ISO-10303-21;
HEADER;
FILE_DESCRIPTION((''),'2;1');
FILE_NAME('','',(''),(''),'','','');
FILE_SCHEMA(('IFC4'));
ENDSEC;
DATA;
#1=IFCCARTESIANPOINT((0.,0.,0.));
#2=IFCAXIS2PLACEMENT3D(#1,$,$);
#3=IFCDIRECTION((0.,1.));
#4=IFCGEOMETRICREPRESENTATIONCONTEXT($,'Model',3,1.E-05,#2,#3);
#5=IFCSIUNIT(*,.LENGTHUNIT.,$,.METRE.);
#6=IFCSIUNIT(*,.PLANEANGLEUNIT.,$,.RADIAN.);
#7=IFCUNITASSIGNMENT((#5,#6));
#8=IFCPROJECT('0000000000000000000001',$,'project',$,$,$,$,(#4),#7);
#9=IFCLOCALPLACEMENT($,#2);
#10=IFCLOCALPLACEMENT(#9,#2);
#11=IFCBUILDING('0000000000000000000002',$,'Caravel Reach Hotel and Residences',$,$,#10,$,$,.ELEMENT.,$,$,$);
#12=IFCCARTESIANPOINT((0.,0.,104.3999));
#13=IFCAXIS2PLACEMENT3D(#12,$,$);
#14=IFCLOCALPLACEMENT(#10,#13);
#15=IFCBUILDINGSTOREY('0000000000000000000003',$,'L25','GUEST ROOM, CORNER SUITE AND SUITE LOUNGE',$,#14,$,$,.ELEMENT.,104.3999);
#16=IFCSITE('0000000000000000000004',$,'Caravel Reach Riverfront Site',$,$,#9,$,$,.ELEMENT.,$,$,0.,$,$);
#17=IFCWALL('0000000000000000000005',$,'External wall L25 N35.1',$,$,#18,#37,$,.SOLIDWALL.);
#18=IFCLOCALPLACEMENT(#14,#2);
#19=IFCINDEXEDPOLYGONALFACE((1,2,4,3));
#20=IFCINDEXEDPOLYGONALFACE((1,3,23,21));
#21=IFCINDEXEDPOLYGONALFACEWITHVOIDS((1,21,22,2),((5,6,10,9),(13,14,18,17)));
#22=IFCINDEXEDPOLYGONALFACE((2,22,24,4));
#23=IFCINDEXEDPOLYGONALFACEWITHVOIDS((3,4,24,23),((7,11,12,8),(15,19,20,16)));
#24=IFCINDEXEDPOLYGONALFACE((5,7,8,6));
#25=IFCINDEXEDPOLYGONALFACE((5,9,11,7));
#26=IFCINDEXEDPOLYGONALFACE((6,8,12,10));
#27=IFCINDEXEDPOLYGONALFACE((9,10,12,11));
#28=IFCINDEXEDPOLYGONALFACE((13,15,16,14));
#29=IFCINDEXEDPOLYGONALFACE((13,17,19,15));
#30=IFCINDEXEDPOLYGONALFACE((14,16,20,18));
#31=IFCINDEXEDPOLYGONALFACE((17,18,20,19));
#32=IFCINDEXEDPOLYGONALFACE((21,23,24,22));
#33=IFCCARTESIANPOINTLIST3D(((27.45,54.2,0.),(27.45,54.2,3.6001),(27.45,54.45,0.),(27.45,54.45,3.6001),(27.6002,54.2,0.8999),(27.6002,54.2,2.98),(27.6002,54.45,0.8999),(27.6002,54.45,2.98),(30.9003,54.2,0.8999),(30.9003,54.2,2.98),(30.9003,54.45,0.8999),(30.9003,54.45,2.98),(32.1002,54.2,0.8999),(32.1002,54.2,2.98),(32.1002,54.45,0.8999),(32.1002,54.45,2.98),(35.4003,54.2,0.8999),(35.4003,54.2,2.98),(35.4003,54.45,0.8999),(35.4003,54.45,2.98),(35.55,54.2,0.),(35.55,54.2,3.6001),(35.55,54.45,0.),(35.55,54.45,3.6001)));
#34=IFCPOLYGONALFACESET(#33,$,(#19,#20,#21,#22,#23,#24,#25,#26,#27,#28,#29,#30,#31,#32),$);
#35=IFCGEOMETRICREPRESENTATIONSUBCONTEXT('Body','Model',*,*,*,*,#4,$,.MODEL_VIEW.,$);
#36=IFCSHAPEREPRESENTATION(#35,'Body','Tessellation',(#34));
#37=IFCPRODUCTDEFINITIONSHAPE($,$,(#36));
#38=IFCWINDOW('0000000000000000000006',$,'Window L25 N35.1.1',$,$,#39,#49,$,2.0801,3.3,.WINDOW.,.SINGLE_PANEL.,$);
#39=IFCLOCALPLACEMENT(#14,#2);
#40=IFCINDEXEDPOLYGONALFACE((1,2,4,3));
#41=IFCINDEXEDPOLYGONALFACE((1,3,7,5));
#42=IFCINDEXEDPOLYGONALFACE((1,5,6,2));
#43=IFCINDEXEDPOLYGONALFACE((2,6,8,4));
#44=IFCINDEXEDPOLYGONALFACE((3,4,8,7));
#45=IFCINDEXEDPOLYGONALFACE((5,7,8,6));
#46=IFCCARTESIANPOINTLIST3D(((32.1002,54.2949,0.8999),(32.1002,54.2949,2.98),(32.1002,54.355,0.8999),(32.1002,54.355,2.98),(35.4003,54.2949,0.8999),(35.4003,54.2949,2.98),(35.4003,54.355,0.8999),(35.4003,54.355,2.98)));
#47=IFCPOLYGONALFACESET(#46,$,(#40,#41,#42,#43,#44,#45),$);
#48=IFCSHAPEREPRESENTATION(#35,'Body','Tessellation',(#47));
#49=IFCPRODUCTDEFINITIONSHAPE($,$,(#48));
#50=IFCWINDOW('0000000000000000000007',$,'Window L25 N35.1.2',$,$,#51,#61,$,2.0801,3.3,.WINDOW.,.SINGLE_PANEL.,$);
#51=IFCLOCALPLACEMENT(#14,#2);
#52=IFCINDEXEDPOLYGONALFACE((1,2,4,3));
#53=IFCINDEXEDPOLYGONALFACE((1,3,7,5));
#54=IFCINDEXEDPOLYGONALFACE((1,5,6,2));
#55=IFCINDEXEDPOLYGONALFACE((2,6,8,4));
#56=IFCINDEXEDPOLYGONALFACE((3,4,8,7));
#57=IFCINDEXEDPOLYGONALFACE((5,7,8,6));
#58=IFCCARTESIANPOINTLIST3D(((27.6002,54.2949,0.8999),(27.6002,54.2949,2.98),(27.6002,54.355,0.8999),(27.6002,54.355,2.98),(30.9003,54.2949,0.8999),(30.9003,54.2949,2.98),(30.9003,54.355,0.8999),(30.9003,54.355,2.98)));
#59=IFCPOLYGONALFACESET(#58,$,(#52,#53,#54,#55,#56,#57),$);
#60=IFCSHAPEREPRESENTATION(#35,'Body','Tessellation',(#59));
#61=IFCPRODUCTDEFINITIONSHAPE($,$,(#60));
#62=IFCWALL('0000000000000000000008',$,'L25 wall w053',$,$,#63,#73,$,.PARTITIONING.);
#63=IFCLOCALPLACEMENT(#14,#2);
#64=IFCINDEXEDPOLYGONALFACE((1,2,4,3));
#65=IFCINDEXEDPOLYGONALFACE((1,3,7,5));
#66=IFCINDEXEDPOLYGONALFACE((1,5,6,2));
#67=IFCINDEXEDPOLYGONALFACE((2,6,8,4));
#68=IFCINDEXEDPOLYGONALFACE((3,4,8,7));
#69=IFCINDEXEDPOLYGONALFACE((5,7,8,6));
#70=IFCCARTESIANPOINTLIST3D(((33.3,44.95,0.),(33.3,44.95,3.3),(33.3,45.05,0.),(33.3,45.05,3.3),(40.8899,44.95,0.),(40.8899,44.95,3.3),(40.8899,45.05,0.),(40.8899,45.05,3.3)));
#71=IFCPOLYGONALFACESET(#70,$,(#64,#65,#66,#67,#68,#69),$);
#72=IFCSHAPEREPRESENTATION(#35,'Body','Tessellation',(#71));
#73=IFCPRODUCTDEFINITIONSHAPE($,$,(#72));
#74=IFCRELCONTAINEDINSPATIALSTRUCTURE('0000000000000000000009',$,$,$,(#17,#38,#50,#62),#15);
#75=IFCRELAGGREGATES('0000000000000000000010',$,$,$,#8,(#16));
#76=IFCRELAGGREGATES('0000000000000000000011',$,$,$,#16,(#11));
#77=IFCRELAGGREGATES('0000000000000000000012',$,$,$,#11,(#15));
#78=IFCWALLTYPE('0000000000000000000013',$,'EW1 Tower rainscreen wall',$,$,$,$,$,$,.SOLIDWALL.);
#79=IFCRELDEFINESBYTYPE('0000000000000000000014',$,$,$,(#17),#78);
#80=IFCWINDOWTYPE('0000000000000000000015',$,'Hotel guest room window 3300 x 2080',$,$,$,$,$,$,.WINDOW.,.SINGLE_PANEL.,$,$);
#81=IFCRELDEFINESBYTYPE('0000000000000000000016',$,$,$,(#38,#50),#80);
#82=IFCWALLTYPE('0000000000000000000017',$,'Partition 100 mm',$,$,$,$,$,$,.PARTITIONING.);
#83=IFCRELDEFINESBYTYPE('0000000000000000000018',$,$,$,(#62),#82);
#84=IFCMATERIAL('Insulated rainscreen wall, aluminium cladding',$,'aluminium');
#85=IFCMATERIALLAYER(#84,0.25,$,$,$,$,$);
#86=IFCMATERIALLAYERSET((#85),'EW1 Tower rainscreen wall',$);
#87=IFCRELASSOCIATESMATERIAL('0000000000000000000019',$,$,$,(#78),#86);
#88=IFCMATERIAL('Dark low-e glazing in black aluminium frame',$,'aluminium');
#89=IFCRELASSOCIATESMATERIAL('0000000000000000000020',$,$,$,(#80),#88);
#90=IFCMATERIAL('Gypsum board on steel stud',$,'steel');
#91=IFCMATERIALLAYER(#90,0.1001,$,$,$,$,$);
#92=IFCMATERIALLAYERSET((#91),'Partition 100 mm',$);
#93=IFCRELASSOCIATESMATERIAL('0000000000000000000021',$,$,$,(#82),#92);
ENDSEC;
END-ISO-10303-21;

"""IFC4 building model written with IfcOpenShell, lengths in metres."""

from ifc_helpers import new_model, si_unit, direction, frame, frame_2d, origin, place, context, subcontext, project, spatial, rectangle, extrude, material, layer, layer_set, type_object, element, fill, save


model = new_model("IFC4")

# Units and contexts
model_context = context("Model", 3, precision=1e-05, world=origin(), true_north=direction((0.0, 1.0)))
body_context = subcontext(model_context, "Body", "Model", "MODEL_VIEW")
ifc_project = project(units=[si_unit("LENGTHUNIT", "METRE"), si_unit("PLANEANGLEUNIT", "RADIAN")], contexts=[model_context])

# Site, building, storey
site_placement = place(None, origin())
site = spatial("IfcSite", under=ifc_project, at=site_placement, Name="Caravel Reach Riverfront Site", CompositionType="ELEMENT", RefElevation=0.0)
building_placement = place(site_placement, origin())
building = spatial("IfcBuilding", under=site, at=building_placement, Name="Caravel Reach Hotel and Residences", CompositionType="ELEMENT")
storey_placement = place(building_placement, frame((0.0, 0.0, 104.3999)))
storey = spatial("IfcBuildingStorey", under=building, at=storey_placement, Name="L25", Description="GUEST ROOM, CORNER SUITE AND SUITE LOUNGE", CompositionType="ELEMENT", Elevation=104.3999)

# Shared definitions
ifc_material_1 = material(Name="Insulated rainscreen wall, aluminium cladding", Category="aluminium")
ifc_layer_1 = layer(ifc_material_1, 0.25)
ifc_layer_set_1 = layer_set([ifc_layer_1], Name="EW1 Tower rainscreen wall")
wall_type_1 = type_object("IfcWallType", Name="EW1 Tower rainscreen wall", PredefinedType="SOLIDWALL", material=ifc_layer_set_1)
ifc_material_2 = material(Name="Dark low-e glazing in black aluminium frame", Category="aluminium")
window_type_1 = type_object("IfcWindowType", Name="Hotel guest room window 3300 x 2080", PartitioningType="SINGLE_PANEL", PredefinedType="WINDOW", material=ifc_material_2)

# Wall, openings, windows
wall_1_placement = place(storey_placement, frame((35.55, 54.325, 0.0), z_axis=(0.0, 0.0, 1.0), x_axis=(-1.0, 0.0, 0.0)))
wall_1 = element("IfcWall", 1, at=wall_1_placement, inside=storey, type_object=wall_type_1, Name="External wall L25 N35.1", PredefinedType="SOLIDWALL", context=body_context, shape_type="SweptSolid", body=[
    extrude(rectangle(XDim=8.1001, YDim=0.25, at=frame_2d((4.05, 0.0))), origin(), (0.0, 0.0, 1.0), 3.6001),
])
opening_1_placement = place(wall_1_placement, frame((0.1499, 0.0, 0.8999)))
opening_1 = element("IfcOpeningElement", 2, at=opening_1_placement, cuts=wall_1, PredefinedType="OPENING", context=body_context, shape_type="SweptSolid", body=[
    extrude(rectangle(XDim=3.3, YDim=2.0801, at=frame_2d((1.6499, 1.04))), frame((0.0, 0.135, 0.0), z_axis=(0.0, -1.0, 0.0), x_axis=(1.0, 0.0, 0.0)), (0.0, 0.0, 1.0), 0.27),
])
opening_2_placement = place(wall_1_placement, frame((4.6499, 0.0, 0.8999)))
opening_2 = element("IfcOpeningElement", 3, at=opening_2_placement, cuts=wall_1, PredefinedType="OPENING", context=body_context, shape_type="SweptSolid", body=[
    extrude(rectangle(XDim=3.3, YDim=2.0801, at=frame_2d((1.6499, 1.04))), frame((0.0, 0.135, 0.0), z_axis=(0.0, -1.0, 0.0), x_axis=(1.0, 0.0, 0.0)), (0.0, 0.0, 1.0), 0.27),
])
window_1_placement = place(opening_1_placement, origin())
window_1 = element("IfcWindow", 4, at=window_1_placement, inside=storey, type_object=window_type_1, Name="Window L25 N35.1.1", OverallHeight=2.0801, OverallWidth=3.3, PartitioningType="SINGLE_PANEL", PredefinedType="WINDOW", context=body_context, shape_type="SweptSolid", body=[
    extrude(rectangle(XDim=3.3, YDim=2.0801, at=frame_2d((1.6499, 1.04))), frame((0.0, 0.03, 0.0), z_axis=(0.0, -1.0, 0.0), x_axis=(1.0, 0.0, 0.0)), (0.0, 0.0, 1.0), 0.0601),
])
fill(opening_1, window_1)
window_2_placement = place(opening_2_placement, origin())
window_2 = element("IfcWindow", 5, at=window_2_placement, inside=storey, type_object=window_type_1, Name="Window L25 N35.1.2", OverallHeight=2.0801, OverallWidth=3.3, PartitioningType="SINGLE_PANEL", PredefinedType="WINDOW", context=body_context, shape_type="SweptSolid", body=[
    extrude(rectangle(XDim=3.3, YDim=2.0801, at=frame_2d((1.6499, 1.04))), frame((0.0, 0.03, 0.0), z_axis=(0.0, -1.0, 0.0), x_axis=(1.0, 0.0, 0.0)), (0.0, 0.0, 1.0), 0.0601),
])
fill(opening_2, window_2)

# Wall
ifc_material_3 = material(Name="Gypsum board on steel stud", Category="steel")
ifc_layer_2 = layer(ifc_material_3, 0.1001)
ifc_layer_set_2 = layer_set([ifc_layer_2], Name="Partition 100 mm")
wall_type_2 = type_object("IfcWallType", Name="Partition 100 mm", PredefinedType="PARTITIONING", material=ifc_layer_set_2)
wall_2_placement = place(storey_placement, frame((33.3, 45.0, 0.0), z_axis=(0.0, 0.0, 1.0), x_axis=(1.0, 0.0, 0.0)))
element("IfcWall", 6, at=wall_2_placement, inside=storey, type_object=wall_type_2, Name="L25 wall w053", PredefinedType="PARTITIONING", context=body_context, shape_type="SweptSolid", body=[
    extrude(rectangle(XDim=7.5898, YDim=0.1001, at=frame_2d((3.7949, 0.0))), origin(), (0.0, 0.0, 1.0), 3.3),
])

save(model, "model.ifc")
